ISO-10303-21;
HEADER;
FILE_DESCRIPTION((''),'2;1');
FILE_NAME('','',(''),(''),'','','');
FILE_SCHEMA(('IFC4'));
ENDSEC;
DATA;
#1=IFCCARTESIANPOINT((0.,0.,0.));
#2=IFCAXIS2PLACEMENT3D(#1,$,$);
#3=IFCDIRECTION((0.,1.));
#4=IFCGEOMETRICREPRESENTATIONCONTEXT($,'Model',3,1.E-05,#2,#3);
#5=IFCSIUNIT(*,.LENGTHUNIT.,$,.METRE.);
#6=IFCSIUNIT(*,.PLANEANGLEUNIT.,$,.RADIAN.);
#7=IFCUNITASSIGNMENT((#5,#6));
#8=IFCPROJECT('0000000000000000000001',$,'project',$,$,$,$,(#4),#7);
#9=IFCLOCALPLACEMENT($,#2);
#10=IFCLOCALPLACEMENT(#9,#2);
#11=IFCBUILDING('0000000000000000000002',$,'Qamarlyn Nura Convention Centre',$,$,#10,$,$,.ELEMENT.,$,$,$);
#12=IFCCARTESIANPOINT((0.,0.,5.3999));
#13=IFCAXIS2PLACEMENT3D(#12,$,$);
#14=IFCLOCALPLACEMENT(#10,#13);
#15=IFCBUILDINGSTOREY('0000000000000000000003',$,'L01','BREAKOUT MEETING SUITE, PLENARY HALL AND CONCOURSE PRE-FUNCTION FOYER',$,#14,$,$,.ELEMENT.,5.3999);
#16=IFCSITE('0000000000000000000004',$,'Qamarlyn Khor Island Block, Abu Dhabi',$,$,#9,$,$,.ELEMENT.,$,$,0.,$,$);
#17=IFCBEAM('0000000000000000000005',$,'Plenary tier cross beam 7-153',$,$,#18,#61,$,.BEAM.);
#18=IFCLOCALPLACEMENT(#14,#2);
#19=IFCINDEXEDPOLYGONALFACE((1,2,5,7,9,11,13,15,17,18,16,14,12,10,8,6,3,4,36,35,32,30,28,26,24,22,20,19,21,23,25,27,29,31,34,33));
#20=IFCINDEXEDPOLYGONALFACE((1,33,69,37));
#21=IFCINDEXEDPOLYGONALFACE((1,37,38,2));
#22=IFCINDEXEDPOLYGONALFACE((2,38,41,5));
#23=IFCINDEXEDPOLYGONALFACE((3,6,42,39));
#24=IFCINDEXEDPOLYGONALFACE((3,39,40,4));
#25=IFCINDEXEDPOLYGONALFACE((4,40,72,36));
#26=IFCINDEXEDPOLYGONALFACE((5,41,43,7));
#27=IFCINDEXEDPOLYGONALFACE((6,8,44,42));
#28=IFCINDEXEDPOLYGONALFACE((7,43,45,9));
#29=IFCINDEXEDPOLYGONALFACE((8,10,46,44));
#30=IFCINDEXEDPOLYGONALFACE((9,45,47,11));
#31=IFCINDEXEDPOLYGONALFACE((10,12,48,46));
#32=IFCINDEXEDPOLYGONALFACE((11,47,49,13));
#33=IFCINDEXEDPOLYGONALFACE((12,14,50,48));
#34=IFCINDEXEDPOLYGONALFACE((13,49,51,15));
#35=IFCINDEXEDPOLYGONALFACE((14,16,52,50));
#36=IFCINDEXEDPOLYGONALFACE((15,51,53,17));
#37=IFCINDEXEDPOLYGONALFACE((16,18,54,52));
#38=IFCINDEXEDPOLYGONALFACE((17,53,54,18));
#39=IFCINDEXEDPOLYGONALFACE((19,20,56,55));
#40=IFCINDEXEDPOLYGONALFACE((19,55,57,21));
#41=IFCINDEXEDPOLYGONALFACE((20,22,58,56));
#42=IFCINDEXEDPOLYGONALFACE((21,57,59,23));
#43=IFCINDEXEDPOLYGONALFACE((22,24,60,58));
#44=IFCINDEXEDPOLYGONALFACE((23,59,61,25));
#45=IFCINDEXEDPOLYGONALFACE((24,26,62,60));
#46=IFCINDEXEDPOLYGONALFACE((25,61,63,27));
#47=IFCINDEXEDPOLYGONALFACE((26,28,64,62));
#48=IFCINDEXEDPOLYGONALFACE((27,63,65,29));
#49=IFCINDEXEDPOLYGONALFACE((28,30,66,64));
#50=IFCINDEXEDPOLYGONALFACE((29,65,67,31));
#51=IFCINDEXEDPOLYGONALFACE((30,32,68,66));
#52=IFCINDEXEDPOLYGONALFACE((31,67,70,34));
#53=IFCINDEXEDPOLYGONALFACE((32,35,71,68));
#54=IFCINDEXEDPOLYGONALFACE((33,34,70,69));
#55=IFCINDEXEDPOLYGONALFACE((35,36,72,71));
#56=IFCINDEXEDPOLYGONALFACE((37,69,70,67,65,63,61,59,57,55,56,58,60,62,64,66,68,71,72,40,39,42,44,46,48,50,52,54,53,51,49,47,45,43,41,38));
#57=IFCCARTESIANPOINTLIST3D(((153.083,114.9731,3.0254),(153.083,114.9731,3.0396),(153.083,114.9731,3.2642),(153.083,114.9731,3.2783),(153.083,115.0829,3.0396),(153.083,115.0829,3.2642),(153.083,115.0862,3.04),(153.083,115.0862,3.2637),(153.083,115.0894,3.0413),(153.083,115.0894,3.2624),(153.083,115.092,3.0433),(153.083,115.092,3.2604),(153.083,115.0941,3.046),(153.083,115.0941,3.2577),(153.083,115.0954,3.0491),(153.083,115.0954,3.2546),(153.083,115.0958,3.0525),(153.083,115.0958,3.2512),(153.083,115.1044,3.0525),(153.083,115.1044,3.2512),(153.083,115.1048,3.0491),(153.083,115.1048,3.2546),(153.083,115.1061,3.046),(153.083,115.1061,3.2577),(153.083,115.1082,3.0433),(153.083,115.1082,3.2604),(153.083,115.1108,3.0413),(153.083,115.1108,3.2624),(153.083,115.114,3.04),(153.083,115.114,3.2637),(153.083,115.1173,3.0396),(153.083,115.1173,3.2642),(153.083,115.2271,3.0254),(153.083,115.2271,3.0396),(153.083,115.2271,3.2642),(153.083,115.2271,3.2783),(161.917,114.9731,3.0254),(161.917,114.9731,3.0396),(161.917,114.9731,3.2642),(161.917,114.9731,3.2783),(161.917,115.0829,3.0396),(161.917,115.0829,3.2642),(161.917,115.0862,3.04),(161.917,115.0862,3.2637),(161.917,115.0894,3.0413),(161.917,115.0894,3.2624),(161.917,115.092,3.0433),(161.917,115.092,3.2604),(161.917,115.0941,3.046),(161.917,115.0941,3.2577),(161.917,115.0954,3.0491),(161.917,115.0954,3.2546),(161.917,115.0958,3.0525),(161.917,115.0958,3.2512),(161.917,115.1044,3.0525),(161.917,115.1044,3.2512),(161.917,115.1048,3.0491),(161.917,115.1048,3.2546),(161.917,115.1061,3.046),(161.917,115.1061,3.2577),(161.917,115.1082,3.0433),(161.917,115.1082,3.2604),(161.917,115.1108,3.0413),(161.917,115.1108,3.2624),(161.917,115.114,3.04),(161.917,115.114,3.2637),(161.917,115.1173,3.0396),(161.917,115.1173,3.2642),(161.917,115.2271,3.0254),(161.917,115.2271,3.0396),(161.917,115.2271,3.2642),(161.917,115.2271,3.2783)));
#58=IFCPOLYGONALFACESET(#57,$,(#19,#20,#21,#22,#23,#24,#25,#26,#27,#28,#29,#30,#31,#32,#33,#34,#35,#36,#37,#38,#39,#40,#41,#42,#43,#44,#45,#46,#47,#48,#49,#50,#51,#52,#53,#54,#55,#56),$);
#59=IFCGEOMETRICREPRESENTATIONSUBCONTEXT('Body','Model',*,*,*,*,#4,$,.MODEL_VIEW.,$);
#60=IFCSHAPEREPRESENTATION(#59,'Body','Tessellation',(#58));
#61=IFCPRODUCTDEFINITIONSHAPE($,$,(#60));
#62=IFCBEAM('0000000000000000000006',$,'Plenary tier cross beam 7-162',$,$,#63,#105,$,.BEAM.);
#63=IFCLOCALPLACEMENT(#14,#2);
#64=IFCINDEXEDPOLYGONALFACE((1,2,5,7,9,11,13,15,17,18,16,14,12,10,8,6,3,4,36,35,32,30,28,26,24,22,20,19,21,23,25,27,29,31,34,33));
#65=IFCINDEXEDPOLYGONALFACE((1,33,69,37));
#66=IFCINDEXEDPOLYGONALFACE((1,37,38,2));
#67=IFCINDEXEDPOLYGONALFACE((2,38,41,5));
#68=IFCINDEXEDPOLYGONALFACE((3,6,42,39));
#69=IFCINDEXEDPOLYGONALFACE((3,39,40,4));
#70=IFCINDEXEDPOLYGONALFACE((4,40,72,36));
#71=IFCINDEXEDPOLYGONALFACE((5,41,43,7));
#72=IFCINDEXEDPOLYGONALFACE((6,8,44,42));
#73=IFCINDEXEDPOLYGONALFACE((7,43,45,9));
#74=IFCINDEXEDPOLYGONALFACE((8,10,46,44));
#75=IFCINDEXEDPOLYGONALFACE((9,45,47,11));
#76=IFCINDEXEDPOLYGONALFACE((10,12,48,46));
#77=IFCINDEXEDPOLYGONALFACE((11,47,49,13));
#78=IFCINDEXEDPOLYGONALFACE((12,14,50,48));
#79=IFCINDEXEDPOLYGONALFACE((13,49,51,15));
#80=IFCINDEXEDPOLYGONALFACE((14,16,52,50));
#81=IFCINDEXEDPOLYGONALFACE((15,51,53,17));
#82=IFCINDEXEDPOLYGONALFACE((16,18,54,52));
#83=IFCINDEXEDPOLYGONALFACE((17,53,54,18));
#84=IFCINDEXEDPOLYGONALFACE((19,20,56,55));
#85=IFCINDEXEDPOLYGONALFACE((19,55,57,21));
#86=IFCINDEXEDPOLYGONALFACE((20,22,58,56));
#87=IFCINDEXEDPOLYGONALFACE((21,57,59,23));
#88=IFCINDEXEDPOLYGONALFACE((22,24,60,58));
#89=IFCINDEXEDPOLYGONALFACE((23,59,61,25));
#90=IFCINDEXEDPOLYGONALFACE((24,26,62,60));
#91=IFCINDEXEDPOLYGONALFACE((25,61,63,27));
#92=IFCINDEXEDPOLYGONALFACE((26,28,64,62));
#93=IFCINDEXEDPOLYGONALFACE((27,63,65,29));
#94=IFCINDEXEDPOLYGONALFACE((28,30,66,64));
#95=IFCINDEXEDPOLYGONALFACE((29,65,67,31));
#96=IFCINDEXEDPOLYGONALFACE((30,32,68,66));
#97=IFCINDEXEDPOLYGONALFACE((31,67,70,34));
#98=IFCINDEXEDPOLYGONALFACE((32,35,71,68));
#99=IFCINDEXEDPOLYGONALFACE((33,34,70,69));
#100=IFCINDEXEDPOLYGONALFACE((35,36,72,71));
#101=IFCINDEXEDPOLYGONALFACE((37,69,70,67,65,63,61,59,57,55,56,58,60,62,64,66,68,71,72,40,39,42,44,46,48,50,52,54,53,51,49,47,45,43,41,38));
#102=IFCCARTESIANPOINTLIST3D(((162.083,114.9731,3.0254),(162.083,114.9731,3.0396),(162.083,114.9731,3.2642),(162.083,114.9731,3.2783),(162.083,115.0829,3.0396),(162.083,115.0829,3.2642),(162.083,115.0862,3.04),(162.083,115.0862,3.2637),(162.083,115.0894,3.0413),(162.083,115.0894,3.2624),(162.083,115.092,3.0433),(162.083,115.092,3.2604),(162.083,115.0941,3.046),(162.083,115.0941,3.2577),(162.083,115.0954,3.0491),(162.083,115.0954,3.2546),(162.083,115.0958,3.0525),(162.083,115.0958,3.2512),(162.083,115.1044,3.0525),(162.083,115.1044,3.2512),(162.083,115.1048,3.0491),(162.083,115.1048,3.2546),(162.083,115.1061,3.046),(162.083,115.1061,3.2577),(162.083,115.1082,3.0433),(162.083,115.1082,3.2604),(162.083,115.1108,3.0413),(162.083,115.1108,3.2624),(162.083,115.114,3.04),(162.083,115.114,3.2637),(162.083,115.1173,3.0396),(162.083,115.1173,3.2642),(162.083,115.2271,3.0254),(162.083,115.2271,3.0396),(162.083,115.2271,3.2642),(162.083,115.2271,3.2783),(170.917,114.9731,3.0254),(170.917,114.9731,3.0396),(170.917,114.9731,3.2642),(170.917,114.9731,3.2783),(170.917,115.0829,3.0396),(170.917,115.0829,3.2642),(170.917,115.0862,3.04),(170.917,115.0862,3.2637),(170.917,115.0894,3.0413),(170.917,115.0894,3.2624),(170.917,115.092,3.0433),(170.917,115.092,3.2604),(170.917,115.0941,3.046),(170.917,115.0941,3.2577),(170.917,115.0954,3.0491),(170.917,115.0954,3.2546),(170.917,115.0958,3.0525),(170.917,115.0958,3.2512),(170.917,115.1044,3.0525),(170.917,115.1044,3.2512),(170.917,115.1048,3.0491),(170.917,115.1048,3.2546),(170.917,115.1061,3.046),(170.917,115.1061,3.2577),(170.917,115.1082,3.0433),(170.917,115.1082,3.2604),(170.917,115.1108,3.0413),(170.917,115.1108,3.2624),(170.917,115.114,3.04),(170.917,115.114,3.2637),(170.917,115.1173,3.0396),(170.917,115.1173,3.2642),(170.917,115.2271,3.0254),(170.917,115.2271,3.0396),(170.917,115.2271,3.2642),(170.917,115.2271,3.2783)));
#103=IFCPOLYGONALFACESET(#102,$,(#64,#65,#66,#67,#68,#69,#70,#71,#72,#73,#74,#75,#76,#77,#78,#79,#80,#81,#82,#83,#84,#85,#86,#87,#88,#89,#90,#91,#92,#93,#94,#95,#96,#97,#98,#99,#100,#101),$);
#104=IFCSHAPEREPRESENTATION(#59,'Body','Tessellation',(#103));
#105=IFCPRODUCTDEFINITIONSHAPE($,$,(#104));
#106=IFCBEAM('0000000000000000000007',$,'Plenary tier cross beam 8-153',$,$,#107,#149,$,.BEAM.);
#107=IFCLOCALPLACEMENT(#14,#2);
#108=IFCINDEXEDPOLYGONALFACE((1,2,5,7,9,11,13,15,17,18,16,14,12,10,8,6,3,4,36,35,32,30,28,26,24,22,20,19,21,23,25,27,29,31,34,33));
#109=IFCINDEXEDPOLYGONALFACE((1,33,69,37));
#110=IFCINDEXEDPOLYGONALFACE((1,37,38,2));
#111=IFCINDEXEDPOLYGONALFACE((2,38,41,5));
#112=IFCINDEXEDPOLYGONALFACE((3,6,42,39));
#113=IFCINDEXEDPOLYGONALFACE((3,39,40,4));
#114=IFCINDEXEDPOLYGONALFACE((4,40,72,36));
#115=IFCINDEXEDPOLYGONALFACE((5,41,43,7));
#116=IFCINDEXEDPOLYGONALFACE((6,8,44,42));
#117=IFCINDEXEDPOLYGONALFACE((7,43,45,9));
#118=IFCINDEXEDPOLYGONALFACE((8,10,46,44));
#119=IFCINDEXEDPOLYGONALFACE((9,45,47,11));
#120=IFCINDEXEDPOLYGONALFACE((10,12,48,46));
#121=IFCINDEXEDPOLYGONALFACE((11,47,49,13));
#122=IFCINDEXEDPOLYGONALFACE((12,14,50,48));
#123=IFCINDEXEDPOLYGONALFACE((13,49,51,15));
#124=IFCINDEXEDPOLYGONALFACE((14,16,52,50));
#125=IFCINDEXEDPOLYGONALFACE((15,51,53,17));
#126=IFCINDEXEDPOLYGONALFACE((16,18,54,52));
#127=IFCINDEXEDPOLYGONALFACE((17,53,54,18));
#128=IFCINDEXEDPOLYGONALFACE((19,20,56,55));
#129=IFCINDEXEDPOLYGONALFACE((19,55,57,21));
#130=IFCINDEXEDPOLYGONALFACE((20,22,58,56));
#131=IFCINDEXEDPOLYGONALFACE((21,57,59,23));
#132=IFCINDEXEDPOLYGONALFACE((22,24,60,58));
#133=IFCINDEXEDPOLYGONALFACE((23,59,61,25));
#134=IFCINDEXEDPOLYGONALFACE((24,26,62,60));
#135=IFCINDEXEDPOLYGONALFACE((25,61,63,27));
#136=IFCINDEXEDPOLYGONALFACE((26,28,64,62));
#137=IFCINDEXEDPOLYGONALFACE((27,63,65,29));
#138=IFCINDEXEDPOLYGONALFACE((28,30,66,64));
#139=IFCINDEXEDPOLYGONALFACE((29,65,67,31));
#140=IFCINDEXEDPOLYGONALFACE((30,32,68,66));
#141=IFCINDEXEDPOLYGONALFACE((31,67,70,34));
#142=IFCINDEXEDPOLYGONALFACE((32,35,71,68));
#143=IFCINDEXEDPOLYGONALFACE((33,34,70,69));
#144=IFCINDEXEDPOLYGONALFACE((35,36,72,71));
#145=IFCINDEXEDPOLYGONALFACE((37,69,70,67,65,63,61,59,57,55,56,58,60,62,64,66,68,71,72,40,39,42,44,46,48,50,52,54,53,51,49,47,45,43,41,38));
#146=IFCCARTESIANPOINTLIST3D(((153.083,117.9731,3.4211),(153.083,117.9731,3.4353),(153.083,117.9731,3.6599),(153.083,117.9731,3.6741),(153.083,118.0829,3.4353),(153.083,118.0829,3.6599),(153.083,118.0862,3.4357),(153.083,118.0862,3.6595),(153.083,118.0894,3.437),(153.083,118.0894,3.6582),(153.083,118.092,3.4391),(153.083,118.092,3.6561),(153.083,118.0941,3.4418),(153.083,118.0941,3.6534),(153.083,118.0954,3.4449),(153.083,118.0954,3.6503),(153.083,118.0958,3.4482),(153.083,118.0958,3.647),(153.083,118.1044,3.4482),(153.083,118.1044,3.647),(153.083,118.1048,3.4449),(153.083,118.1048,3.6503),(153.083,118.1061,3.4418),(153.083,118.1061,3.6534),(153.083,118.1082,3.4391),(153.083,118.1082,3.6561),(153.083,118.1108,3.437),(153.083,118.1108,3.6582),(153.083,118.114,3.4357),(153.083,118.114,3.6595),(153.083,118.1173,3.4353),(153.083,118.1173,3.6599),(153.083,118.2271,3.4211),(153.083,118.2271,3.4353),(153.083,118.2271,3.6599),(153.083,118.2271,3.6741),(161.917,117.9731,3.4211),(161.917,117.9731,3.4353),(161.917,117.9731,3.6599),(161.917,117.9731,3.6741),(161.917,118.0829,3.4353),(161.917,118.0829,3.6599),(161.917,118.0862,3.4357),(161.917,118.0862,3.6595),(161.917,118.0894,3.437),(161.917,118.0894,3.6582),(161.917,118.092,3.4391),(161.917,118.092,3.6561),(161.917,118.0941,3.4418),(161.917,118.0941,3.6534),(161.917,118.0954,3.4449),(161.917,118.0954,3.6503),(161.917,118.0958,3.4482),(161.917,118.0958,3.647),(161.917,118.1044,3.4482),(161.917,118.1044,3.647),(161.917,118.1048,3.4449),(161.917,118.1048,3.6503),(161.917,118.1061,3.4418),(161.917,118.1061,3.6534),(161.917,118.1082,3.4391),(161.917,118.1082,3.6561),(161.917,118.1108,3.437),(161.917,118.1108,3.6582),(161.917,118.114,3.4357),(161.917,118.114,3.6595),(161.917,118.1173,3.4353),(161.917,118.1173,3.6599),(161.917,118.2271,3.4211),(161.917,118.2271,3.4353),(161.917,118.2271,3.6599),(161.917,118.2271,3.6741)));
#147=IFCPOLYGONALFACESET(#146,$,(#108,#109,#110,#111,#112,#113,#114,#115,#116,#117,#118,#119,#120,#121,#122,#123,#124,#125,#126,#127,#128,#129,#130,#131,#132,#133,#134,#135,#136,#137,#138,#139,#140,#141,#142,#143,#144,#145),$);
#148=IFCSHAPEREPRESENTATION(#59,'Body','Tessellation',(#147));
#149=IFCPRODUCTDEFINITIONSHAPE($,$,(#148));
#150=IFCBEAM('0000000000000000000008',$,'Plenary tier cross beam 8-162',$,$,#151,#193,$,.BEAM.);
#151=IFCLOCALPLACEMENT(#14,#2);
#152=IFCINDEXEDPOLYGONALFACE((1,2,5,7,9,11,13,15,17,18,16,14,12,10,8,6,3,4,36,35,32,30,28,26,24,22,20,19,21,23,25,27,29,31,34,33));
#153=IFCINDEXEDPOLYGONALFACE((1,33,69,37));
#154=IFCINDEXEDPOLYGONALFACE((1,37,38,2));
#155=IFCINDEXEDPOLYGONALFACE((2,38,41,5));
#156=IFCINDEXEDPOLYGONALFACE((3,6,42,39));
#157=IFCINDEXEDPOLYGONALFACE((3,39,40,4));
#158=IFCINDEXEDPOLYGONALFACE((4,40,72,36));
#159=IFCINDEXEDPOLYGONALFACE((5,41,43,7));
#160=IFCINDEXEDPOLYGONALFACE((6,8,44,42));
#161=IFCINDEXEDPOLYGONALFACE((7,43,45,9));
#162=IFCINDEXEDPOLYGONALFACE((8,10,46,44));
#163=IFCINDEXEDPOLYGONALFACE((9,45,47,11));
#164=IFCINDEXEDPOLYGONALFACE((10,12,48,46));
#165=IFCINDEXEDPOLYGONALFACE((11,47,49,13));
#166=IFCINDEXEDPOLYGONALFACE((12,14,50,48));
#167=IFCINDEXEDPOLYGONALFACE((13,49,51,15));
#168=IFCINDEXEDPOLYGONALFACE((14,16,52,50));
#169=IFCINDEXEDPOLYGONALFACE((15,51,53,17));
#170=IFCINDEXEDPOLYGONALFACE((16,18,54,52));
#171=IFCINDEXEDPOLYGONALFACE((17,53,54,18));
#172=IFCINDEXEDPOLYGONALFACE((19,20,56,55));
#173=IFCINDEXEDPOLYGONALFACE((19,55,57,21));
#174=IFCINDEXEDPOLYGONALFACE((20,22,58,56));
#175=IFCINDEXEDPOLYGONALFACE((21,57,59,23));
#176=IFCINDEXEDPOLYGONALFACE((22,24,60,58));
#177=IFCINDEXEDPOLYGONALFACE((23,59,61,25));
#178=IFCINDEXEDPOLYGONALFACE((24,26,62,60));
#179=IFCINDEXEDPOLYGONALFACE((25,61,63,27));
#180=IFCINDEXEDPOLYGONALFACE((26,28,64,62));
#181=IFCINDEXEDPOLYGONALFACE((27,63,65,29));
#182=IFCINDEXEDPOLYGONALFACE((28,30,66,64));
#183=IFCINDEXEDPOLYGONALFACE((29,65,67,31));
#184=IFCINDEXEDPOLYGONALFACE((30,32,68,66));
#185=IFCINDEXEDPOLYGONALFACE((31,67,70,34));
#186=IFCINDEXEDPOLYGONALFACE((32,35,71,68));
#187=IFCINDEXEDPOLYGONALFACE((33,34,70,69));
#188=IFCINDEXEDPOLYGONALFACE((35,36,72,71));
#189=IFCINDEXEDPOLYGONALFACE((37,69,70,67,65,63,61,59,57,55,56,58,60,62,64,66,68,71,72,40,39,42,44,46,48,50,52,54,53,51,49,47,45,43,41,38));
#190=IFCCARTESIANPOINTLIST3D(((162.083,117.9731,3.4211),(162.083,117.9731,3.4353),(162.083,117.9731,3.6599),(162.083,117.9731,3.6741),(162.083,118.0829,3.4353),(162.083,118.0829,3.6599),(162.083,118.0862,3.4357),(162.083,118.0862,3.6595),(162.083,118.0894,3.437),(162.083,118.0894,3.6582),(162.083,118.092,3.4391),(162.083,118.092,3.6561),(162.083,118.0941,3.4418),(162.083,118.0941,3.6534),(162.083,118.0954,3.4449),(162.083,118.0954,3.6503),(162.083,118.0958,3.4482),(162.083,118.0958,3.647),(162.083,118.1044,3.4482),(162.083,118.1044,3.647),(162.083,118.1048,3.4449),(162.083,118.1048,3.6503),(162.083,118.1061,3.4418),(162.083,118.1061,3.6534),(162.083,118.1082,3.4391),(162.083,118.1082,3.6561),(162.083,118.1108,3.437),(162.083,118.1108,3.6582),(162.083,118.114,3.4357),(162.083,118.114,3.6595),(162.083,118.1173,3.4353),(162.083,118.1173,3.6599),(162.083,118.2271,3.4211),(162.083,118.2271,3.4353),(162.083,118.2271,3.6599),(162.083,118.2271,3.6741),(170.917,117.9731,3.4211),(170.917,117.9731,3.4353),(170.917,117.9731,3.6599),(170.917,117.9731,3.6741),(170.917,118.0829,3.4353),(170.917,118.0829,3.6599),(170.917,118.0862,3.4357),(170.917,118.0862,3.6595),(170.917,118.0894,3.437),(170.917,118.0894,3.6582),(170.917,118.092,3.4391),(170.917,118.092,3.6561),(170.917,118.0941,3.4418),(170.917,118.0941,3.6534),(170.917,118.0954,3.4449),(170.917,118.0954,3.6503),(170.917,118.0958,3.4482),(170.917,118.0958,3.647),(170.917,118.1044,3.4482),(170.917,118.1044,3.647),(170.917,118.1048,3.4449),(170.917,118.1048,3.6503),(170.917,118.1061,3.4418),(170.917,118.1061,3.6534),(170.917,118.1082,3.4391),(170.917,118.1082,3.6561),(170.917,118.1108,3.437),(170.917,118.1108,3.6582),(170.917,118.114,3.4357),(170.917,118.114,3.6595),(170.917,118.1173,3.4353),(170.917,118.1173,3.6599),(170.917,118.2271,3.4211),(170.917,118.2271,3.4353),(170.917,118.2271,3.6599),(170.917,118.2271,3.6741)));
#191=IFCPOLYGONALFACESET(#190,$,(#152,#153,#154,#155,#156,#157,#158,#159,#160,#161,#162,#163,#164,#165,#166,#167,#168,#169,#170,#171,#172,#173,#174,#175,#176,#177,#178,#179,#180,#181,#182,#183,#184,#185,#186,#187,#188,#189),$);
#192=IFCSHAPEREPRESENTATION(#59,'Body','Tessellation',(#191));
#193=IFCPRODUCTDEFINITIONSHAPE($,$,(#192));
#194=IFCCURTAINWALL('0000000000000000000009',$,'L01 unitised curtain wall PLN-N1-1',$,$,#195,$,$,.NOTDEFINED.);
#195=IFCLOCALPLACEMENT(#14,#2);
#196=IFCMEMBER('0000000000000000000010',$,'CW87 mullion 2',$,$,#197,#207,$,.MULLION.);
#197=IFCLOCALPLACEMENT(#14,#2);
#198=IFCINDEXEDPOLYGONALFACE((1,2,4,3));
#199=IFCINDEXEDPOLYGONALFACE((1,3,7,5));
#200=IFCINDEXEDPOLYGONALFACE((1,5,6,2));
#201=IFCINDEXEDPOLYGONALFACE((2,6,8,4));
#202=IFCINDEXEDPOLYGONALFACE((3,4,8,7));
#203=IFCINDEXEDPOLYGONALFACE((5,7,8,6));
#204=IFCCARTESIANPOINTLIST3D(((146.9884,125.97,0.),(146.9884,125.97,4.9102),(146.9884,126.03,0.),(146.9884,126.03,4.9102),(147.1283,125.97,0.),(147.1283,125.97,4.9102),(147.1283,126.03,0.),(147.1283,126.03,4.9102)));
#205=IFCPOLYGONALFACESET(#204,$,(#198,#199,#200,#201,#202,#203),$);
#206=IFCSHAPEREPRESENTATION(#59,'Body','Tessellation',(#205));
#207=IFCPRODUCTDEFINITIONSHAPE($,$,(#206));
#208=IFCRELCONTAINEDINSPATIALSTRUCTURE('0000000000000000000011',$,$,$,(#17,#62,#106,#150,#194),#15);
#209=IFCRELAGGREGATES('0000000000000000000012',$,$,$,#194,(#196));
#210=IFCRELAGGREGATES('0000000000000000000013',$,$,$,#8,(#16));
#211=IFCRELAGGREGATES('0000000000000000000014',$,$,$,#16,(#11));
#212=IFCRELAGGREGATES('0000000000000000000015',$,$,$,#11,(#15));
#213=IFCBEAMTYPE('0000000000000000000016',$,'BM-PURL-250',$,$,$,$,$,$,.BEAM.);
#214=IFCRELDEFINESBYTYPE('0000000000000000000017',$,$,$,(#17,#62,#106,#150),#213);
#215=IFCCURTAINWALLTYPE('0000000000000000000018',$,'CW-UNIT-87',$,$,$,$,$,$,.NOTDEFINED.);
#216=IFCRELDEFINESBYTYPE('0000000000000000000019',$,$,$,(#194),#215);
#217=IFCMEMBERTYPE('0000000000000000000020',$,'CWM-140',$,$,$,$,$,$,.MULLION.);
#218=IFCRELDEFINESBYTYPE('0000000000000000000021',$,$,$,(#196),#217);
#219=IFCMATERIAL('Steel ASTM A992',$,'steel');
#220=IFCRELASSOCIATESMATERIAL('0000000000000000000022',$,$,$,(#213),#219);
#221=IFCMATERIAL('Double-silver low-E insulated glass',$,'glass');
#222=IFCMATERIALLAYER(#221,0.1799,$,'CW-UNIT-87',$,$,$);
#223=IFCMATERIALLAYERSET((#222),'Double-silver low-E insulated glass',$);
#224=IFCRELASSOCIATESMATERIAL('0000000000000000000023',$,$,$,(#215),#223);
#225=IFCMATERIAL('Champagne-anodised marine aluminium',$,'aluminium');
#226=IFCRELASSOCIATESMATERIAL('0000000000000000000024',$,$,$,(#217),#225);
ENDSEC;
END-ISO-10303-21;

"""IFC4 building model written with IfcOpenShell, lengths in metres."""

from ifc_helpers import new_model, si_unit, direction, frame, origin, origin_2d, place, context, subcontext, project, spatial, rectangle, i_section, extrude, material, layer, layer_set, material_profile, profile_set, type_object, element, aggregate, save


model = new_model("IFC4")

# Units and contexts
model_context = context("Model", 3, precision=1e-05, world=origin(), true_north=direction((0.0, 1.0)))
body_context = subcontext(model_context, "Body", "Model", "MODEL_VIEW")
ifc_project = project(units=[si_unit("LENGTHUNIT", "METRE"), si_unit("PLANEANGLEUNIT", "RADIAN")], contexts=[model_context])

# Site, building, storey
site_placement = place(None, origin())
site = spatial("IfcSite", under=ifc_project, at=site_placement, Name="Qamarlyn Khor Island Block, Abu Dhabi", CompositionType="ELEMENT", RefElevation=0.0)
building_placement = place(site_placement, origin())
building = spatial("IfcBuilding", under=site, at=building_placement, Name="Qamarlyn Nura Convention Centre", CompositionType="ELEMENT")
storey_placement = place(building_placement, frame((0.0, 0.0, 5.3999)))
storey = spatial("IfcBuildingStorey", under=building, at=storey_placement, Name="L01", Description="BREAKOUT MEETING SUITE, PLENARY HALL AND CONCOURSE PRE-FUNCTION FOYER", CompositionType="ELEMENT", Elevation=5.3999)

# Beams
ifc_material_1 = material(Name="Steel ASTM A992", Category="steel")
ifc_material_profile_1 = material_profile(ifc_material_1, i_section(OverallWidth=0.2539, OverallDepth=0.2529, WebThickness=0.0085, FlangeThickness=0.0142, FilletRadius=0.0129, at=origin_2d()), Name="W250X73")
ifc_profile_set_1 = profile_set([ifc_material_profile_1], Name="Steel ASTM A992")
beam_type = type_object("IfcBeamType", Name="BM-PURL-250", PredefinedType="BEAM", material=ifc_profile_set_1)
for number, where, z_axis, x_axis, name in (
    (1, (153.083, 115.1001, 3.1519), (1.0, 0.0, 0.0), (0.0, 1.0, 0.0), "Plenary tier cross beam 7-153"),
    (2, (162.083, 115.1001, 3.1519), (1.0, 0.0, 0.0), (0.0, 1.0, 0.0), "Plenary tier cross beam 7-162"),
    (3, (153.083, 118.1001, 3.5476), (1.0, 0.0, 0.0), (0.0, 1.0, 0.0), "Plenary tier cross beam 8-153"),
    (4, (162.083, 118.1001, 3.5476), (1.0, 0.0, 0.0), (0.0, 1.0, 0.0), "Plenary tier cross beam 8-162"),
):
    element("IfcBeam", number, at=place(storey_placement, frame(where, z_axis=z_axis, x_axis=x_axis)), inside=storey, type_object=beam_type, Name=name, PredefinedType="BEAM", context=body_context, shape_type="SweptSolid", body=[
        extrude(i_section(OverallWidth=0.2539, OverallDepth=0.2529, WebThickness=0.0085, FlangeThickness=0.0142, FilletRadius=0.0129, at=origin_2d()), origin(), (0.0, 0.0, 1.0), 8.834),
    ])

# Curtain wall, member
ifc_material_2 = material(Name="Double-silver low-E insulated glass", Category="glass")
ifc_layer_1 = layer(ifc_material_2, 0.1799, Name="CW-UNIT-87")
ifc_layer_set_1 = layer_set([ifc_layer_1], Name="Double-silver low-E insulated glass")
curtain_wall_type = type_object("IfcCurtainWallType", Name="CW-UNIT-87", PredefinedType="NOTDEFINED", material=ifc_layer_set_1)
curtain_wall_placement = place(storey_placement, origin())
curtain_wall = element("IfcCurtainWall", 5, at=curtain_wall_placement, inside=storey, type_object=curtain_wall_type, Name="L01 unitised curtain wall PLN-N1-1", PredefinedType="NOTDEFINED")
ifc_material_3 = material(Name="Champagne-anodised marine aluminium", Category="aluminium")
ifc_material_profile_2 = material_profile(ifc_material_3, rectangle(XDim=0.0601, YDim=0.1399, at=origin_2d()), Name="ALU MULLION 60x140")
ifc_profile_set_2 = profile_set([ifc_material_profile_2], Name="Champagne-anodised marine aluminium")
member_type_1 = type_object("IfcMemberType", Name="CWM-140", PredefinedType="MULLION", material=ifc_profile_set_2)
member_1_placement = place(storey_placement, frame((147.0583, 126.0, 0.0), z_axis=(0.0, 0.0, 1.0), x_axis=(0.0, 1.0, 0.0)))
member_1 = element("IfcMember", 6, at=member_1_placement, type_object=member_type_1, Name="CW87 mullion 2", PredefinedType="MULLION", context=body_context, shape_type="SweptSolid", body=[
    extrude(rectangle(XDim=0.0601, YDim=0.1399, at=origin_2d()), origin(), (0.0, 0.0, 1.0), 4.9102),
])
aggregate(curtain_wall, [member_1])

save(model, "model.ifc")
